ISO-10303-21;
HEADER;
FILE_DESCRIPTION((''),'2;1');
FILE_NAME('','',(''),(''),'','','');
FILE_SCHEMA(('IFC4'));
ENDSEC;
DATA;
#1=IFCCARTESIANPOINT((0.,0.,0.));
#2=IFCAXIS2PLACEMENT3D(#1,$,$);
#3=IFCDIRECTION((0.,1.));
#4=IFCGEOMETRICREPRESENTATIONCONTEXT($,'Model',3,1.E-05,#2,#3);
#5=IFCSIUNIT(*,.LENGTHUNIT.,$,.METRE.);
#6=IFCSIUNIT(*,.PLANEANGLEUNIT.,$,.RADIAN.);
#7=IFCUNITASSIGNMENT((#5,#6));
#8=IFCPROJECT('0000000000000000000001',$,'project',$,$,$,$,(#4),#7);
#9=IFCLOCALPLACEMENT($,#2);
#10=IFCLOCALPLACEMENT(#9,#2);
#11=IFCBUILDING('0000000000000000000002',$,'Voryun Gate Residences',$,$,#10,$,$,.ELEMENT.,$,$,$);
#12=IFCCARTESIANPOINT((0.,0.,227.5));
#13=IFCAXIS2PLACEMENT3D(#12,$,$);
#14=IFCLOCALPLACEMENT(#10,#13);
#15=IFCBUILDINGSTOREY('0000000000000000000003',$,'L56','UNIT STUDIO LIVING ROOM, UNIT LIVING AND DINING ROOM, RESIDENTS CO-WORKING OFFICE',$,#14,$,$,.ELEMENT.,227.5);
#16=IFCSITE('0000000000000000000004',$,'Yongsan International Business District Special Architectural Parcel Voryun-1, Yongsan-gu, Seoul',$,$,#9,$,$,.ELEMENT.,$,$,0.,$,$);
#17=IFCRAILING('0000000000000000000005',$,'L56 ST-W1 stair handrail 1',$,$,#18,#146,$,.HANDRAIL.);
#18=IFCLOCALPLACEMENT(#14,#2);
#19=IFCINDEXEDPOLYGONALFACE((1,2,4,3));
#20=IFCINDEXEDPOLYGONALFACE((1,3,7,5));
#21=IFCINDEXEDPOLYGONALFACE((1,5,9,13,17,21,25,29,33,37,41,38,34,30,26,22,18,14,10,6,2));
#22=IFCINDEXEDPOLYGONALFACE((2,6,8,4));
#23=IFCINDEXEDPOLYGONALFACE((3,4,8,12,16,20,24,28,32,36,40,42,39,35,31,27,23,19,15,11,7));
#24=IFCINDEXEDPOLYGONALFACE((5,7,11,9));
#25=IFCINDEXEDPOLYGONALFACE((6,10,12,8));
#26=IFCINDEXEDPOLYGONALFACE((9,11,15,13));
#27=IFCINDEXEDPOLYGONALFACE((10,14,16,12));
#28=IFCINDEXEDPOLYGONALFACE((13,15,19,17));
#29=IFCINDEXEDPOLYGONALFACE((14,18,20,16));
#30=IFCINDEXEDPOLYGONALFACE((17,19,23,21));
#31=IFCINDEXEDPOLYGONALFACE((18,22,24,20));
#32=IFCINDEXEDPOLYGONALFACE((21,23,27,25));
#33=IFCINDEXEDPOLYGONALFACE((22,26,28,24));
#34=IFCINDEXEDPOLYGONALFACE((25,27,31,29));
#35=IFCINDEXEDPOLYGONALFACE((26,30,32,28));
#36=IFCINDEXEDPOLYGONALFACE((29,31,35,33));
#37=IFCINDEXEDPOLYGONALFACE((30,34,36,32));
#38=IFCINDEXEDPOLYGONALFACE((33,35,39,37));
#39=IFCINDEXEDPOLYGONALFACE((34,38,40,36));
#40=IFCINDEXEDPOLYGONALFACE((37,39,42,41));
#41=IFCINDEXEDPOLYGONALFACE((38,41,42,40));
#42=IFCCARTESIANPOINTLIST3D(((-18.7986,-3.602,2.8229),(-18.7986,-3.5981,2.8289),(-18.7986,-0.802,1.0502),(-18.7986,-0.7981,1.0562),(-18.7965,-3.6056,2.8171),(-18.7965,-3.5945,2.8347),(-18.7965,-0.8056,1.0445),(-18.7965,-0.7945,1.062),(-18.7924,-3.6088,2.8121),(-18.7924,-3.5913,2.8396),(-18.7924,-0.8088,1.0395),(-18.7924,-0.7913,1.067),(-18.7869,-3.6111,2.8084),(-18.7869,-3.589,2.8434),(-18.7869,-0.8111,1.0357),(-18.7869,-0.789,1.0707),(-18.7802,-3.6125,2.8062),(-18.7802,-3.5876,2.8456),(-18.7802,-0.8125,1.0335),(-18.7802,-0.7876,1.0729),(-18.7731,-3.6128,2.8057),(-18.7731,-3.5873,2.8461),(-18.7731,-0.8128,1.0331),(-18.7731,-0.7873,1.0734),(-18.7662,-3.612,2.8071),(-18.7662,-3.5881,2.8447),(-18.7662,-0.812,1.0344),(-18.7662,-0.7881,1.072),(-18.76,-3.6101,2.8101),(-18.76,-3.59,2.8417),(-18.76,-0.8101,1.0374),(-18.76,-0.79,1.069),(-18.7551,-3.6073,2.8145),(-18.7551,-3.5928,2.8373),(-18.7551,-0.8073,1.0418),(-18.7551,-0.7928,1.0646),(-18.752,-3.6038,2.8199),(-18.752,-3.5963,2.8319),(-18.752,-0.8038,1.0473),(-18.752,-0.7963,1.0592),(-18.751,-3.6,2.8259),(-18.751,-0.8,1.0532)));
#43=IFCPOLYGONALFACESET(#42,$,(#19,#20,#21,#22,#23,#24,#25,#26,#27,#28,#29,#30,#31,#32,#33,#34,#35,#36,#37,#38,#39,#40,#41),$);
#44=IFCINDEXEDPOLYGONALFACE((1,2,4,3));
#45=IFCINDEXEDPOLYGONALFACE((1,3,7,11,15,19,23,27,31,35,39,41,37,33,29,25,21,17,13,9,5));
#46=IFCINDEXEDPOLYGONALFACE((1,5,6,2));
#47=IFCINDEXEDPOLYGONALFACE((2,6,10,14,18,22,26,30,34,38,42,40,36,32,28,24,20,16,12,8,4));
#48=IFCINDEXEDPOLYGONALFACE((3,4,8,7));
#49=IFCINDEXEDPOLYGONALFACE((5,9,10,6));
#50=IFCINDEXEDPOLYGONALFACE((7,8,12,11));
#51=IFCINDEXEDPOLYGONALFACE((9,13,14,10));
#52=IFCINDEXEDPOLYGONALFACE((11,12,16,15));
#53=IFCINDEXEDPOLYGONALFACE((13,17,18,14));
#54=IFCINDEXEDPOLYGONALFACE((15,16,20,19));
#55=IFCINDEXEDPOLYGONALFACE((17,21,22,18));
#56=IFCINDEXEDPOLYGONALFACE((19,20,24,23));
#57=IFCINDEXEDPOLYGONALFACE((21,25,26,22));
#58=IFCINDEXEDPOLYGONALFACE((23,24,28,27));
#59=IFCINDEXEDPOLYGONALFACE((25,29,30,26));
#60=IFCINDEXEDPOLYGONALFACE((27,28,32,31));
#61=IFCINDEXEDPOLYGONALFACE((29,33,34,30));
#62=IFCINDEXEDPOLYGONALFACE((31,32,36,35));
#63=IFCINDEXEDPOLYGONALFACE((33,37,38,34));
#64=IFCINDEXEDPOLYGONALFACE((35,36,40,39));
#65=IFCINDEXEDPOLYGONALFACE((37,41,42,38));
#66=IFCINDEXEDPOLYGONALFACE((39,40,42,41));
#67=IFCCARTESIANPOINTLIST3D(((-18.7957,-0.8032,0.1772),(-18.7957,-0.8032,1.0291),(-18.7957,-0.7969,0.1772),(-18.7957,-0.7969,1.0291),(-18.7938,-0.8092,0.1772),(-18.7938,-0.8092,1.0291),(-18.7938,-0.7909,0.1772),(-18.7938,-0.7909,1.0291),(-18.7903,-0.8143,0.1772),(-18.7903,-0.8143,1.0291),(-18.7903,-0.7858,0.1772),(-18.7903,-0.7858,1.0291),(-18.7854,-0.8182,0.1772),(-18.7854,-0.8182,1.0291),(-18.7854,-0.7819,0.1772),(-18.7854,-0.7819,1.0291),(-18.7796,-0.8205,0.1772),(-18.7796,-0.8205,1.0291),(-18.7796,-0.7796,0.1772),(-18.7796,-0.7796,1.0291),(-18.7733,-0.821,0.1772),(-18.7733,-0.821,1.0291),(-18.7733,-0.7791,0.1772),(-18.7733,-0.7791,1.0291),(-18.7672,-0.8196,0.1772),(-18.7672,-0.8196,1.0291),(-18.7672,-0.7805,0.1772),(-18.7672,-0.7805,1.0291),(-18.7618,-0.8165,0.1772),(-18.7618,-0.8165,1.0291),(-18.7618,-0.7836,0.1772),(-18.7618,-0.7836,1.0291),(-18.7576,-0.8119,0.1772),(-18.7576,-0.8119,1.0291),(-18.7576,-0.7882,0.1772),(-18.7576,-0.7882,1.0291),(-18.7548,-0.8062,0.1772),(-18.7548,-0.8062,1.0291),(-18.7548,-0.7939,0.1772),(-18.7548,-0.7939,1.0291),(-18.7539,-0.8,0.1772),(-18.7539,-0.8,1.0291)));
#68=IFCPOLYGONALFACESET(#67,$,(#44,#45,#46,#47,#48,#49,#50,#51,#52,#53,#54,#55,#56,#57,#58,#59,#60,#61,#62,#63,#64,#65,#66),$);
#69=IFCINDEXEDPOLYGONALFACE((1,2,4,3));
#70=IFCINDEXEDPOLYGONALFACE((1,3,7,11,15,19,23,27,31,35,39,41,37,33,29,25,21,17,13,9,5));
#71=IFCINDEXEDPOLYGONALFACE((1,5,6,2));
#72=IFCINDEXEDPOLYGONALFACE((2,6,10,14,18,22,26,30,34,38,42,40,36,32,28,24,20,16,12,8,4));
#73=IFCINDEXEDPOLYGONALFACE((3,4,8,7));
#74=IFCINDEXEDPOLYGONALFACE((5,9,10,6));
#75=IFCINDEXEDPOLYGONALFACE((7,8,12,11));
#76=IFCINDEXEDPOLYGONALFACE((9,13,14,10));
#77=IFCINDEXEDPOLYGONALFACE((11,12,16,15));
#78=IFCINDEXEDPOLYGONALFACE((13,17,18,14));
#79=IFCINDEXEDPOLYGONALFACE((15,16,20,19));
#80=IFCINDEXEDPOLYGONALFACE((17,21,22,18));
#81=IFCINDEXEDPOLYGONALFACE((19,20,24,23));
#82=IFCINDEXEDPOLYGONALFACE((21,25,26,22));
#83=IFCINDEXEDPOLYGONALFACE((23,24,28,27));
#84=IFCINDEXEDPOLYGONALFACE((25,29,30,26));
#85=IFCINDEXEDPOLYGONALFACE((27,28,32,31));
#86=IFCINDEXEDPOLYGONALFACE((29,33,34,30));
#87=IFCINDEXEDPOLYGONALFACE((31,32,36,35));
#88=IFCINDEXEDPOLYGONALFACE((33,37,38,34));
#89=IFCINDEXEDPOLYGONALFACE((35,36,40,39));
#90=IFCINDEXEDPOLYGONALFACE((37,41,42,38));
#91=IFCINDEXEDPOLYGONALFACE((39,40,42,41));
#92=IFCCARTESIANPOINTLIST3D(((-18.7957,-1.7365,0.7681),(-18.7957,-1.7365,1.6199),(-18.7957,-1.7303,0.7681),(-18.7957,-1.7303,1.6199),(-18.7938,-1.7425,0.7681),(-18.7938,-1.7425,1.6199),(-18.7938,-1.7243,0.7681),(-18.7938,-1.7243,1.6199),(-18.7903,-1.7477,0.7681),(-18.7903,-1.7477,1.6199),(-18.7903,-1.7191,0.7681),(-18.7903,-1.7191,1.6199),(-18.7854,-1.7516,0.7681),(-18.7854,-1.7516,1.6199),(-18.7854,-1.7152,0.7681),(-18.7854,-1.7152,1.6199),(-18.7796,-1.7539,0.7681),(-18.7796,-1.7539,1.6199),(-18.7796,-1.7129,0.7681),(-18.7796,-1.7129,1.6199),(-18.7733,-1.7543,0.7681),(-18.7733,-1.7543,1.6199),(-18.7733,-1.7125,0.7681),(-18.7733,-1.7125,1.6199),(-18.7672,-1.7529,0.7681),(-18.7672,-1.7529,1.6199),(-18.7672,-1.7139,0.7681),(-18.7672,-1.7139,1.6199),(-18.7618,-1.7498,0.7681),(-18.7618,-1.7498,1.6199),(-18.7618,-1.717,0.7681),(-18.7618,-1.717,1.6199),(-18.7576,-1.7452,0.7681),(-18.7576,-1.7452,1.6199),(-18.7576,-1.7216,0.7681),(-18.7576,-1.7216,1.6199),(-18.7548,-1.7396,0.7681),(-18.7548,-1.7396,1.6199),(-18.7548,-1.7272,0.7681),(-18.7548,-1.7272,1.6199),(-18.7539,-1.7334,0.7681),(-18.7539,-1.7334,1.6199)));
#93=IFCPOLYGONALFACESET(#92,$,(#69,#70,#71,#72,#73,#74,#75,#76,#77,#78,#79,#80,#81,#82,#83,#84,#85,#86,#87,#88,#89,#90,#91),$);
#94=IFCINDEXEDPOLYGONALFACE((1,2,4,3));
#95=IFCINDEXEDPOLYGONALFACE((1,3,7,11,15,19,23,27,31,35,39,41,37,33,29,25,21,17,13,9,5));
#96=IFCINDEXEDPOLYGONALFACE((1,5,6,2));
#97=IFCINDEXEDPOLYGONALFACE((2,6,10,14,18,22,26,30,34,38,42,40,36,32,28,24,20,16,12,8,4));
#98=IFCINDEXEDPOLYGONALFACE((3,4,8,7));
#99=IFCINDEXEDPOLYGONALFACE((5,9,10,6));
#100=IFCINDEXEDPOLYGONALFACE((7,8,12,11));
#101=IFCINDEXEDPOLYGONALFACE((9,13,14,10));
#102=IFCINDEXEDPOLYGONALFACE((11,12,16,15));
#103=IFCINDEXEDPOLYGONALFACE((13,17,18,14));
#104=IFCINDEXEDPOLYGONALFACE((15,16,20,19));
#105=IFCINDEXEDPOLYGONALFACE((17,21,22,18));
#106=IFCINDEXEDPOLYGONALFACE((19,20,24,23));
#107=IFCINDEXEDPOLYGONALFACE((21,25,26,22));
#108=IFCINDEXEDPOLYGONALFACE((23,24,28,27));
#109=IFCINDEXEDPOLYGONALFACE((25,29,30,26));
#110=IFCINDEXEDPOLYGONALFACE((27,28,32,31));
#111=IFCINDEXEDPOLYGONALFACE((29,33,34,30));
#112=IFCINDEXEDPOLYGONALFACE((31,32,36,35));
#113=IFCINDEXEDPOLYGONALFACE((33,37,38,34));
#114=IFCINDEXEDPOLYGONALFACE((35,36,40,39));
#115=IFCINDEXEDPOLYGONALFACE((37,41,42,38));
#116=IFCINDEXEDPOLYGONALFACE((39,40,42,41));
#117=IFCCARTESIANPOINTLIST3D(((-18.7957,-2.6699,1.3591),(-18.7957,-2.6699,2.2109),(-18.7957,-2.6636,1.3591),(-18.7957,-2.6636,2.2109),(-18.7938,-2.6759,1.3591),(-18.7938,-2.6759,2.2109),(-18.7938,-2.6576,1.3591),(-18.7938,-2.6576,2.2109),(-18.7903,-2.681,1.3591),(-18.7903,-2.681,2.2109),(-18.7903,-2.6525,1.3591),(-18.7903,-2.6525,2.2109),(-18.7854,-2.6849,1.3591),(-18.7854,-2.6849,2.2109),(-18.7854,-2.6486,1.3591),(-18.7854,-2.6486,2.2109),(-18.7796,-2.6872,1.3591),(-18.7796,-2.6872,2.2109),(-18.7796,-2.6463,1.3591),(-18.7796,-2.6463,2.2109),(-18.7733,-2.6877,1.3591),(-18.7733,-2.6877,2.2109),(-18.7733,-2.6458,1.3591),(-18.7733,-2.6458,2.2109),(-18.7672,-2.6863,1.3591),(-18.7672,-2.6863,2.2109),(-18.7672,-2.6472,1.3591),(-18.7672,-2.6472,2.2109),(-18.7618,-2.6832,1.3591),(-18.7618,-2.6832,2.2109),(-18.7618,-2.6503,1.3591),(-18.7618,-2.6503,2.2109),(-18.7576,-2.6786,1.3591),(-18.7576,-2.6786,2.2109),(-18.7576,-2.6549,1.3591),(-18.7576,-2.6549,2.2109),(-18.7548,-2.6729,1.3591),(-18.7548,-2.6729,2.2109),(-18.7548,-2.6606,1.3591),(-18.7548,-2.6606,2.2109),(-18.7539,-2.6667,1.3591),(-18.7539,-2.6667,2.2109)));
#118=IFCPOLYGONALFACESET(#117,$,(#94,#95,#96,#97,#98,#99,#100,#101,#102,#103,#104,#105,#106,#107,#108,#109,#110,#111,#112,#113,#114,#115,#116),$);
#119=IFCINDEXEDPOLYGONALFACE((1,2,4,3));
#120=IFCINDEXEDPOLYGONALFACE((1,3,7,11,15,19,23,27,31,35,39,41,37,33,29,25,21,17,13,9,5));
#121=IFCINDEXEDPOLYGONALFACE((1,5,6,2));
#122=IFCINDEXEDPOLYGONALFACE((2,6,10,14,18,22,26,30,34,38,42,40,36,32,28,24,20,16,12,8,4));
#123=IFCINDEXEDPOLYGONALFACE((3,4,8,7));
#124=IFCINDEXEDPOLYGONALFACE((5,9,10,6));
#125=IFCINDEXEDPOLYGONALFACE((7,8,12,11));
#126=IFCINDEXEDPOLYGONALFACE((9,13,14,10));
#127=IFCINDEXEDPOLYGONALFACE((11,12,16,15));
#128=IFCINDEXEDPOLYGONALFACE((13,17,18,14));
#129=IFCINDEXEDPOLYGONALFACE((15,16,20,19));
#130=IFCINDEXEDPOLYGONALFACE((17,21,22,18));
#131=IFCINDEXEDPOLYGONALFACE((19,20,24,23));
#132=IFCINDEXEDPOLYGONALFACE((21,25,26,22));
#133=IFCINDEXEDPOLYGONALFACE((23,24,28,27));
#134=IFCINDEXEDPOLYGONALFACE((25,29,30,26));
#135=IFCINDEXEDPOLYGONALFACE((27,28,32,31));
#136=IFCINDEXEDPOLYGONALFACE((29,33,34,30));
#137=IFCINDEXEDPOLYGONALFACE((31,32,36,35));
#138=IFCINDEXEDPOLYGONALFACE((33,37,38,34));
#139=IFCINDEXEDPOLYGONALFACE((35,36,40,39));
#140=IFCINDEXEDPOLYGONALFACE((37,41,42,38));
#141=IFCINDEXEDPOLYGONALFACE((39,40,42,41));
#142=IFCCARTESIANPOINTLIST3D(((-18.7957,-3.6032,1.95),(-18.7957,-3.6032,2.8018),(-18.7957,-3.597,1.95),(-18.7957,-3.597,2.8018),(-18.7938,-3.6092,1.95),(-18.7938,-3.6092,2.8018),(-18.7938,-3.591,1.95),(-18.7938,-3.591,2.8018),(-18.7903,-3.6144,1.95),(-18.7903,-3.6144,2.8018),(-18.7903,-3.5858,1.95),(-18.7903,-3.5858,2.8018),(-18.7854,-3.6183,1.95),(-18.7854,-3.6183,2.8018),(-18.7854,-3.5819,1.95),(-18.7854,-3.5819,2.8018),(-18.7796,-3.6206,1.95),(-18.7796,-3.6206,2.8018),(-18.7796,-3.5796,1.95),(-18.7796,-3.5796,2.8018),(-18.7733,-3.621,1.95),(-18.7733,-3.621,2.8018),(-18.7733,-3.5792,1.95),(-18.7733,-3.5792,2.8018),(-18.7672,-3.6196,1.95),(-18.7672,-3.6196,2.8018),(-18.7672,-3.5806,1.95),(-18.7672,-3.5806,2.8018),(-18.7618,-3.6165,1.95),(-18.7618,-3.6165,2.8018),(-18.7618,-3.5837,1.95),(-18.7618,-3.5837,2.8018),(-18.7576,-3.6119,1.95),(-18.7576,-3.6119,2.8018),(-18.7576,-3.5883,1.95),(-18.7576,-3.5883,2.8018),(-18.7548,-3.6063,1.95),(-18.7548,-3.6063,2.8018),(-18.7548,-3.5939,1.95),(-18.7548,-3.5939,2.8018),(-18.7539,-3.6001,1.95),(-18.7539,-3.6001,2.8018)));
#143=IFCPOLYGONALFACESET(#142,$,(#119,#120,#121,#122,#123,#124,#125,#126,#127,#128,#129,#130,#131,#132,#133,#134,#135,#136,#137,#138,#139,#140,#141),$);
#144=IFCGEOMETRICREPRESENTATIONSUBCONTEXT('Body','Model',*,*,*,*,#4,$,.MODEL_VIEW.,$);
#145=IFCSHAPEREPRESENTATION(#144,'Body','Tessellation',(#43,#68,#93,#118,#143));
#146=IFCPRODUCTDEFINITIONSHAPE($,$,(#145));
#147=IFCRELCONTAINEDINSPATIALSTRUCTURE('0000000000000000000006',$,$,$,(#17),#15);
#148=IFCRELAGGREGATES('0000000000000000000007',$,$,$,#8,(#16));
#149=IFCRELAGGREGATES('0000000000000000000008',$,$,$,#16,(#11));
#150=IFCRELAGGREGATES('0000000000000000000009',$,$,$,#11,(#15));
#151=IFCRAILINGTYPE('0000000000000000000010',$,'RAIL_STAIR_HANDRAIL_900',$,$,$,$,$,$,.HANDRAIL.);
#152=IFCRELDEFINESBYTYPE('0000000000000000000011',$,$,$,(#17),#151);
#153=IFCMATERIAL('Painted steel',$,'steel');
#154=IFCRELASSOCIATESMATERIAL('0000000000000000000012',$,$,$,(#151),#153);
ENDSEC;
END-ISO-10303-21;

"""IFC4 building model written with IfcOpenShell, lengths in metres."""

from ifc_helpers import new_model, si_unit, direction, frame, origin, origin_2d, place, context, subcontext, project, spatial, circle, extrude, material, type_object, element, save


model = new_model("IFC4")

# Units and contexts
model_context = context("Model", 3, precision=1e-05, world=origin(), true_north=direction((0.0, 1.0)))
body_context = subcontext(model_context, "Body", "Model", "MODEL_VIEW")
ifc_project = project(units=[si_unit("LENGTHUNIT", "METRE"), si_unit("PLANEANGLEUNIT", "RADIAN")], contexts=[model_context])

# Site, building, storey
site_placement = place(None, origin())
site = spatial("IfcSite", under=ifc_project, at=site_placement, Name="Yongsan International Business District Special Architectural Parcel Voryun-1, Yongsan-gu, Seoul", CompositionType="ELEMENT", RefElevation=0.0)
building_placement = place(site_placement, origin())
building = spatial("IfcBuilding", under=site, at=building_placement, Name="Voryun Gate Residences", CompositionType="ELEMENT")
storey_placement = place(building_placement, frame((0.0, 0.0, 227.5)))
storey = spatial("IfcBuildingStorey", under=building, at=storey_placement, Name="L56", Description="UNIT STUDIO LIVING ROOM, UNIT LIVING AND DINING ROOM, RESIDENTS CO-WORKING OFFICE", CompositionType="ELEMENT", Elevation=227.5)

# Railing
ifc_material_1 = material(Name="Painted steel", Category="steel")
railing_type_1 = type_object("IfcRailingType", Name="RAIL_STAIR_HANDRAIL_900", PredefinedType="HANDRAIL", material=ifc_material_1)
railing_1_placement = place(storey_placement, frame((-18.7749, -0.8, 0.1772)))
element("IfcRailing", 1, at=railing_1_placement, inside=storey, type_object=railing_type_1, Name="L56 ST-W1 stair handrail 1", PredefinedType="HANDRAIL", context=body_context, shape_type="SweptSolid", body=[
    extrude(circle(Radius=0.0239, at=origin_2d()), frame((0.0, 0.0, 0.876), z_axis=(0.0, -0.844909, 0.53491), x_axis=(1.0, 0.0, 0.0)), (0.0, 0.0, 1.0), 3.314),
    extrude(circle(Radius=0.021, at=origin_2d()), origin(), (0.0, 0.0, 1.0), 0.8518),
    extrude(circle(Radius=0.021, at=origin_2d()), frame((0.0, -0.9333, 0.5908)), (0.0, 0.0, 1.0), 0.8518),
    extrude(circle(Radius=0.021, at=origin_2d()), frame((0.0, -1.8667, 1.1819)), (0.0, 0.0, 1.0), 0.8518),
    extrude(circle(Radius=0.021, at=origin_2d()), frame((0.0, -2.8, 1.7727)), (0.0, 0.0, 1.0), 0.8518),
])

save(model, "model.ifc")
